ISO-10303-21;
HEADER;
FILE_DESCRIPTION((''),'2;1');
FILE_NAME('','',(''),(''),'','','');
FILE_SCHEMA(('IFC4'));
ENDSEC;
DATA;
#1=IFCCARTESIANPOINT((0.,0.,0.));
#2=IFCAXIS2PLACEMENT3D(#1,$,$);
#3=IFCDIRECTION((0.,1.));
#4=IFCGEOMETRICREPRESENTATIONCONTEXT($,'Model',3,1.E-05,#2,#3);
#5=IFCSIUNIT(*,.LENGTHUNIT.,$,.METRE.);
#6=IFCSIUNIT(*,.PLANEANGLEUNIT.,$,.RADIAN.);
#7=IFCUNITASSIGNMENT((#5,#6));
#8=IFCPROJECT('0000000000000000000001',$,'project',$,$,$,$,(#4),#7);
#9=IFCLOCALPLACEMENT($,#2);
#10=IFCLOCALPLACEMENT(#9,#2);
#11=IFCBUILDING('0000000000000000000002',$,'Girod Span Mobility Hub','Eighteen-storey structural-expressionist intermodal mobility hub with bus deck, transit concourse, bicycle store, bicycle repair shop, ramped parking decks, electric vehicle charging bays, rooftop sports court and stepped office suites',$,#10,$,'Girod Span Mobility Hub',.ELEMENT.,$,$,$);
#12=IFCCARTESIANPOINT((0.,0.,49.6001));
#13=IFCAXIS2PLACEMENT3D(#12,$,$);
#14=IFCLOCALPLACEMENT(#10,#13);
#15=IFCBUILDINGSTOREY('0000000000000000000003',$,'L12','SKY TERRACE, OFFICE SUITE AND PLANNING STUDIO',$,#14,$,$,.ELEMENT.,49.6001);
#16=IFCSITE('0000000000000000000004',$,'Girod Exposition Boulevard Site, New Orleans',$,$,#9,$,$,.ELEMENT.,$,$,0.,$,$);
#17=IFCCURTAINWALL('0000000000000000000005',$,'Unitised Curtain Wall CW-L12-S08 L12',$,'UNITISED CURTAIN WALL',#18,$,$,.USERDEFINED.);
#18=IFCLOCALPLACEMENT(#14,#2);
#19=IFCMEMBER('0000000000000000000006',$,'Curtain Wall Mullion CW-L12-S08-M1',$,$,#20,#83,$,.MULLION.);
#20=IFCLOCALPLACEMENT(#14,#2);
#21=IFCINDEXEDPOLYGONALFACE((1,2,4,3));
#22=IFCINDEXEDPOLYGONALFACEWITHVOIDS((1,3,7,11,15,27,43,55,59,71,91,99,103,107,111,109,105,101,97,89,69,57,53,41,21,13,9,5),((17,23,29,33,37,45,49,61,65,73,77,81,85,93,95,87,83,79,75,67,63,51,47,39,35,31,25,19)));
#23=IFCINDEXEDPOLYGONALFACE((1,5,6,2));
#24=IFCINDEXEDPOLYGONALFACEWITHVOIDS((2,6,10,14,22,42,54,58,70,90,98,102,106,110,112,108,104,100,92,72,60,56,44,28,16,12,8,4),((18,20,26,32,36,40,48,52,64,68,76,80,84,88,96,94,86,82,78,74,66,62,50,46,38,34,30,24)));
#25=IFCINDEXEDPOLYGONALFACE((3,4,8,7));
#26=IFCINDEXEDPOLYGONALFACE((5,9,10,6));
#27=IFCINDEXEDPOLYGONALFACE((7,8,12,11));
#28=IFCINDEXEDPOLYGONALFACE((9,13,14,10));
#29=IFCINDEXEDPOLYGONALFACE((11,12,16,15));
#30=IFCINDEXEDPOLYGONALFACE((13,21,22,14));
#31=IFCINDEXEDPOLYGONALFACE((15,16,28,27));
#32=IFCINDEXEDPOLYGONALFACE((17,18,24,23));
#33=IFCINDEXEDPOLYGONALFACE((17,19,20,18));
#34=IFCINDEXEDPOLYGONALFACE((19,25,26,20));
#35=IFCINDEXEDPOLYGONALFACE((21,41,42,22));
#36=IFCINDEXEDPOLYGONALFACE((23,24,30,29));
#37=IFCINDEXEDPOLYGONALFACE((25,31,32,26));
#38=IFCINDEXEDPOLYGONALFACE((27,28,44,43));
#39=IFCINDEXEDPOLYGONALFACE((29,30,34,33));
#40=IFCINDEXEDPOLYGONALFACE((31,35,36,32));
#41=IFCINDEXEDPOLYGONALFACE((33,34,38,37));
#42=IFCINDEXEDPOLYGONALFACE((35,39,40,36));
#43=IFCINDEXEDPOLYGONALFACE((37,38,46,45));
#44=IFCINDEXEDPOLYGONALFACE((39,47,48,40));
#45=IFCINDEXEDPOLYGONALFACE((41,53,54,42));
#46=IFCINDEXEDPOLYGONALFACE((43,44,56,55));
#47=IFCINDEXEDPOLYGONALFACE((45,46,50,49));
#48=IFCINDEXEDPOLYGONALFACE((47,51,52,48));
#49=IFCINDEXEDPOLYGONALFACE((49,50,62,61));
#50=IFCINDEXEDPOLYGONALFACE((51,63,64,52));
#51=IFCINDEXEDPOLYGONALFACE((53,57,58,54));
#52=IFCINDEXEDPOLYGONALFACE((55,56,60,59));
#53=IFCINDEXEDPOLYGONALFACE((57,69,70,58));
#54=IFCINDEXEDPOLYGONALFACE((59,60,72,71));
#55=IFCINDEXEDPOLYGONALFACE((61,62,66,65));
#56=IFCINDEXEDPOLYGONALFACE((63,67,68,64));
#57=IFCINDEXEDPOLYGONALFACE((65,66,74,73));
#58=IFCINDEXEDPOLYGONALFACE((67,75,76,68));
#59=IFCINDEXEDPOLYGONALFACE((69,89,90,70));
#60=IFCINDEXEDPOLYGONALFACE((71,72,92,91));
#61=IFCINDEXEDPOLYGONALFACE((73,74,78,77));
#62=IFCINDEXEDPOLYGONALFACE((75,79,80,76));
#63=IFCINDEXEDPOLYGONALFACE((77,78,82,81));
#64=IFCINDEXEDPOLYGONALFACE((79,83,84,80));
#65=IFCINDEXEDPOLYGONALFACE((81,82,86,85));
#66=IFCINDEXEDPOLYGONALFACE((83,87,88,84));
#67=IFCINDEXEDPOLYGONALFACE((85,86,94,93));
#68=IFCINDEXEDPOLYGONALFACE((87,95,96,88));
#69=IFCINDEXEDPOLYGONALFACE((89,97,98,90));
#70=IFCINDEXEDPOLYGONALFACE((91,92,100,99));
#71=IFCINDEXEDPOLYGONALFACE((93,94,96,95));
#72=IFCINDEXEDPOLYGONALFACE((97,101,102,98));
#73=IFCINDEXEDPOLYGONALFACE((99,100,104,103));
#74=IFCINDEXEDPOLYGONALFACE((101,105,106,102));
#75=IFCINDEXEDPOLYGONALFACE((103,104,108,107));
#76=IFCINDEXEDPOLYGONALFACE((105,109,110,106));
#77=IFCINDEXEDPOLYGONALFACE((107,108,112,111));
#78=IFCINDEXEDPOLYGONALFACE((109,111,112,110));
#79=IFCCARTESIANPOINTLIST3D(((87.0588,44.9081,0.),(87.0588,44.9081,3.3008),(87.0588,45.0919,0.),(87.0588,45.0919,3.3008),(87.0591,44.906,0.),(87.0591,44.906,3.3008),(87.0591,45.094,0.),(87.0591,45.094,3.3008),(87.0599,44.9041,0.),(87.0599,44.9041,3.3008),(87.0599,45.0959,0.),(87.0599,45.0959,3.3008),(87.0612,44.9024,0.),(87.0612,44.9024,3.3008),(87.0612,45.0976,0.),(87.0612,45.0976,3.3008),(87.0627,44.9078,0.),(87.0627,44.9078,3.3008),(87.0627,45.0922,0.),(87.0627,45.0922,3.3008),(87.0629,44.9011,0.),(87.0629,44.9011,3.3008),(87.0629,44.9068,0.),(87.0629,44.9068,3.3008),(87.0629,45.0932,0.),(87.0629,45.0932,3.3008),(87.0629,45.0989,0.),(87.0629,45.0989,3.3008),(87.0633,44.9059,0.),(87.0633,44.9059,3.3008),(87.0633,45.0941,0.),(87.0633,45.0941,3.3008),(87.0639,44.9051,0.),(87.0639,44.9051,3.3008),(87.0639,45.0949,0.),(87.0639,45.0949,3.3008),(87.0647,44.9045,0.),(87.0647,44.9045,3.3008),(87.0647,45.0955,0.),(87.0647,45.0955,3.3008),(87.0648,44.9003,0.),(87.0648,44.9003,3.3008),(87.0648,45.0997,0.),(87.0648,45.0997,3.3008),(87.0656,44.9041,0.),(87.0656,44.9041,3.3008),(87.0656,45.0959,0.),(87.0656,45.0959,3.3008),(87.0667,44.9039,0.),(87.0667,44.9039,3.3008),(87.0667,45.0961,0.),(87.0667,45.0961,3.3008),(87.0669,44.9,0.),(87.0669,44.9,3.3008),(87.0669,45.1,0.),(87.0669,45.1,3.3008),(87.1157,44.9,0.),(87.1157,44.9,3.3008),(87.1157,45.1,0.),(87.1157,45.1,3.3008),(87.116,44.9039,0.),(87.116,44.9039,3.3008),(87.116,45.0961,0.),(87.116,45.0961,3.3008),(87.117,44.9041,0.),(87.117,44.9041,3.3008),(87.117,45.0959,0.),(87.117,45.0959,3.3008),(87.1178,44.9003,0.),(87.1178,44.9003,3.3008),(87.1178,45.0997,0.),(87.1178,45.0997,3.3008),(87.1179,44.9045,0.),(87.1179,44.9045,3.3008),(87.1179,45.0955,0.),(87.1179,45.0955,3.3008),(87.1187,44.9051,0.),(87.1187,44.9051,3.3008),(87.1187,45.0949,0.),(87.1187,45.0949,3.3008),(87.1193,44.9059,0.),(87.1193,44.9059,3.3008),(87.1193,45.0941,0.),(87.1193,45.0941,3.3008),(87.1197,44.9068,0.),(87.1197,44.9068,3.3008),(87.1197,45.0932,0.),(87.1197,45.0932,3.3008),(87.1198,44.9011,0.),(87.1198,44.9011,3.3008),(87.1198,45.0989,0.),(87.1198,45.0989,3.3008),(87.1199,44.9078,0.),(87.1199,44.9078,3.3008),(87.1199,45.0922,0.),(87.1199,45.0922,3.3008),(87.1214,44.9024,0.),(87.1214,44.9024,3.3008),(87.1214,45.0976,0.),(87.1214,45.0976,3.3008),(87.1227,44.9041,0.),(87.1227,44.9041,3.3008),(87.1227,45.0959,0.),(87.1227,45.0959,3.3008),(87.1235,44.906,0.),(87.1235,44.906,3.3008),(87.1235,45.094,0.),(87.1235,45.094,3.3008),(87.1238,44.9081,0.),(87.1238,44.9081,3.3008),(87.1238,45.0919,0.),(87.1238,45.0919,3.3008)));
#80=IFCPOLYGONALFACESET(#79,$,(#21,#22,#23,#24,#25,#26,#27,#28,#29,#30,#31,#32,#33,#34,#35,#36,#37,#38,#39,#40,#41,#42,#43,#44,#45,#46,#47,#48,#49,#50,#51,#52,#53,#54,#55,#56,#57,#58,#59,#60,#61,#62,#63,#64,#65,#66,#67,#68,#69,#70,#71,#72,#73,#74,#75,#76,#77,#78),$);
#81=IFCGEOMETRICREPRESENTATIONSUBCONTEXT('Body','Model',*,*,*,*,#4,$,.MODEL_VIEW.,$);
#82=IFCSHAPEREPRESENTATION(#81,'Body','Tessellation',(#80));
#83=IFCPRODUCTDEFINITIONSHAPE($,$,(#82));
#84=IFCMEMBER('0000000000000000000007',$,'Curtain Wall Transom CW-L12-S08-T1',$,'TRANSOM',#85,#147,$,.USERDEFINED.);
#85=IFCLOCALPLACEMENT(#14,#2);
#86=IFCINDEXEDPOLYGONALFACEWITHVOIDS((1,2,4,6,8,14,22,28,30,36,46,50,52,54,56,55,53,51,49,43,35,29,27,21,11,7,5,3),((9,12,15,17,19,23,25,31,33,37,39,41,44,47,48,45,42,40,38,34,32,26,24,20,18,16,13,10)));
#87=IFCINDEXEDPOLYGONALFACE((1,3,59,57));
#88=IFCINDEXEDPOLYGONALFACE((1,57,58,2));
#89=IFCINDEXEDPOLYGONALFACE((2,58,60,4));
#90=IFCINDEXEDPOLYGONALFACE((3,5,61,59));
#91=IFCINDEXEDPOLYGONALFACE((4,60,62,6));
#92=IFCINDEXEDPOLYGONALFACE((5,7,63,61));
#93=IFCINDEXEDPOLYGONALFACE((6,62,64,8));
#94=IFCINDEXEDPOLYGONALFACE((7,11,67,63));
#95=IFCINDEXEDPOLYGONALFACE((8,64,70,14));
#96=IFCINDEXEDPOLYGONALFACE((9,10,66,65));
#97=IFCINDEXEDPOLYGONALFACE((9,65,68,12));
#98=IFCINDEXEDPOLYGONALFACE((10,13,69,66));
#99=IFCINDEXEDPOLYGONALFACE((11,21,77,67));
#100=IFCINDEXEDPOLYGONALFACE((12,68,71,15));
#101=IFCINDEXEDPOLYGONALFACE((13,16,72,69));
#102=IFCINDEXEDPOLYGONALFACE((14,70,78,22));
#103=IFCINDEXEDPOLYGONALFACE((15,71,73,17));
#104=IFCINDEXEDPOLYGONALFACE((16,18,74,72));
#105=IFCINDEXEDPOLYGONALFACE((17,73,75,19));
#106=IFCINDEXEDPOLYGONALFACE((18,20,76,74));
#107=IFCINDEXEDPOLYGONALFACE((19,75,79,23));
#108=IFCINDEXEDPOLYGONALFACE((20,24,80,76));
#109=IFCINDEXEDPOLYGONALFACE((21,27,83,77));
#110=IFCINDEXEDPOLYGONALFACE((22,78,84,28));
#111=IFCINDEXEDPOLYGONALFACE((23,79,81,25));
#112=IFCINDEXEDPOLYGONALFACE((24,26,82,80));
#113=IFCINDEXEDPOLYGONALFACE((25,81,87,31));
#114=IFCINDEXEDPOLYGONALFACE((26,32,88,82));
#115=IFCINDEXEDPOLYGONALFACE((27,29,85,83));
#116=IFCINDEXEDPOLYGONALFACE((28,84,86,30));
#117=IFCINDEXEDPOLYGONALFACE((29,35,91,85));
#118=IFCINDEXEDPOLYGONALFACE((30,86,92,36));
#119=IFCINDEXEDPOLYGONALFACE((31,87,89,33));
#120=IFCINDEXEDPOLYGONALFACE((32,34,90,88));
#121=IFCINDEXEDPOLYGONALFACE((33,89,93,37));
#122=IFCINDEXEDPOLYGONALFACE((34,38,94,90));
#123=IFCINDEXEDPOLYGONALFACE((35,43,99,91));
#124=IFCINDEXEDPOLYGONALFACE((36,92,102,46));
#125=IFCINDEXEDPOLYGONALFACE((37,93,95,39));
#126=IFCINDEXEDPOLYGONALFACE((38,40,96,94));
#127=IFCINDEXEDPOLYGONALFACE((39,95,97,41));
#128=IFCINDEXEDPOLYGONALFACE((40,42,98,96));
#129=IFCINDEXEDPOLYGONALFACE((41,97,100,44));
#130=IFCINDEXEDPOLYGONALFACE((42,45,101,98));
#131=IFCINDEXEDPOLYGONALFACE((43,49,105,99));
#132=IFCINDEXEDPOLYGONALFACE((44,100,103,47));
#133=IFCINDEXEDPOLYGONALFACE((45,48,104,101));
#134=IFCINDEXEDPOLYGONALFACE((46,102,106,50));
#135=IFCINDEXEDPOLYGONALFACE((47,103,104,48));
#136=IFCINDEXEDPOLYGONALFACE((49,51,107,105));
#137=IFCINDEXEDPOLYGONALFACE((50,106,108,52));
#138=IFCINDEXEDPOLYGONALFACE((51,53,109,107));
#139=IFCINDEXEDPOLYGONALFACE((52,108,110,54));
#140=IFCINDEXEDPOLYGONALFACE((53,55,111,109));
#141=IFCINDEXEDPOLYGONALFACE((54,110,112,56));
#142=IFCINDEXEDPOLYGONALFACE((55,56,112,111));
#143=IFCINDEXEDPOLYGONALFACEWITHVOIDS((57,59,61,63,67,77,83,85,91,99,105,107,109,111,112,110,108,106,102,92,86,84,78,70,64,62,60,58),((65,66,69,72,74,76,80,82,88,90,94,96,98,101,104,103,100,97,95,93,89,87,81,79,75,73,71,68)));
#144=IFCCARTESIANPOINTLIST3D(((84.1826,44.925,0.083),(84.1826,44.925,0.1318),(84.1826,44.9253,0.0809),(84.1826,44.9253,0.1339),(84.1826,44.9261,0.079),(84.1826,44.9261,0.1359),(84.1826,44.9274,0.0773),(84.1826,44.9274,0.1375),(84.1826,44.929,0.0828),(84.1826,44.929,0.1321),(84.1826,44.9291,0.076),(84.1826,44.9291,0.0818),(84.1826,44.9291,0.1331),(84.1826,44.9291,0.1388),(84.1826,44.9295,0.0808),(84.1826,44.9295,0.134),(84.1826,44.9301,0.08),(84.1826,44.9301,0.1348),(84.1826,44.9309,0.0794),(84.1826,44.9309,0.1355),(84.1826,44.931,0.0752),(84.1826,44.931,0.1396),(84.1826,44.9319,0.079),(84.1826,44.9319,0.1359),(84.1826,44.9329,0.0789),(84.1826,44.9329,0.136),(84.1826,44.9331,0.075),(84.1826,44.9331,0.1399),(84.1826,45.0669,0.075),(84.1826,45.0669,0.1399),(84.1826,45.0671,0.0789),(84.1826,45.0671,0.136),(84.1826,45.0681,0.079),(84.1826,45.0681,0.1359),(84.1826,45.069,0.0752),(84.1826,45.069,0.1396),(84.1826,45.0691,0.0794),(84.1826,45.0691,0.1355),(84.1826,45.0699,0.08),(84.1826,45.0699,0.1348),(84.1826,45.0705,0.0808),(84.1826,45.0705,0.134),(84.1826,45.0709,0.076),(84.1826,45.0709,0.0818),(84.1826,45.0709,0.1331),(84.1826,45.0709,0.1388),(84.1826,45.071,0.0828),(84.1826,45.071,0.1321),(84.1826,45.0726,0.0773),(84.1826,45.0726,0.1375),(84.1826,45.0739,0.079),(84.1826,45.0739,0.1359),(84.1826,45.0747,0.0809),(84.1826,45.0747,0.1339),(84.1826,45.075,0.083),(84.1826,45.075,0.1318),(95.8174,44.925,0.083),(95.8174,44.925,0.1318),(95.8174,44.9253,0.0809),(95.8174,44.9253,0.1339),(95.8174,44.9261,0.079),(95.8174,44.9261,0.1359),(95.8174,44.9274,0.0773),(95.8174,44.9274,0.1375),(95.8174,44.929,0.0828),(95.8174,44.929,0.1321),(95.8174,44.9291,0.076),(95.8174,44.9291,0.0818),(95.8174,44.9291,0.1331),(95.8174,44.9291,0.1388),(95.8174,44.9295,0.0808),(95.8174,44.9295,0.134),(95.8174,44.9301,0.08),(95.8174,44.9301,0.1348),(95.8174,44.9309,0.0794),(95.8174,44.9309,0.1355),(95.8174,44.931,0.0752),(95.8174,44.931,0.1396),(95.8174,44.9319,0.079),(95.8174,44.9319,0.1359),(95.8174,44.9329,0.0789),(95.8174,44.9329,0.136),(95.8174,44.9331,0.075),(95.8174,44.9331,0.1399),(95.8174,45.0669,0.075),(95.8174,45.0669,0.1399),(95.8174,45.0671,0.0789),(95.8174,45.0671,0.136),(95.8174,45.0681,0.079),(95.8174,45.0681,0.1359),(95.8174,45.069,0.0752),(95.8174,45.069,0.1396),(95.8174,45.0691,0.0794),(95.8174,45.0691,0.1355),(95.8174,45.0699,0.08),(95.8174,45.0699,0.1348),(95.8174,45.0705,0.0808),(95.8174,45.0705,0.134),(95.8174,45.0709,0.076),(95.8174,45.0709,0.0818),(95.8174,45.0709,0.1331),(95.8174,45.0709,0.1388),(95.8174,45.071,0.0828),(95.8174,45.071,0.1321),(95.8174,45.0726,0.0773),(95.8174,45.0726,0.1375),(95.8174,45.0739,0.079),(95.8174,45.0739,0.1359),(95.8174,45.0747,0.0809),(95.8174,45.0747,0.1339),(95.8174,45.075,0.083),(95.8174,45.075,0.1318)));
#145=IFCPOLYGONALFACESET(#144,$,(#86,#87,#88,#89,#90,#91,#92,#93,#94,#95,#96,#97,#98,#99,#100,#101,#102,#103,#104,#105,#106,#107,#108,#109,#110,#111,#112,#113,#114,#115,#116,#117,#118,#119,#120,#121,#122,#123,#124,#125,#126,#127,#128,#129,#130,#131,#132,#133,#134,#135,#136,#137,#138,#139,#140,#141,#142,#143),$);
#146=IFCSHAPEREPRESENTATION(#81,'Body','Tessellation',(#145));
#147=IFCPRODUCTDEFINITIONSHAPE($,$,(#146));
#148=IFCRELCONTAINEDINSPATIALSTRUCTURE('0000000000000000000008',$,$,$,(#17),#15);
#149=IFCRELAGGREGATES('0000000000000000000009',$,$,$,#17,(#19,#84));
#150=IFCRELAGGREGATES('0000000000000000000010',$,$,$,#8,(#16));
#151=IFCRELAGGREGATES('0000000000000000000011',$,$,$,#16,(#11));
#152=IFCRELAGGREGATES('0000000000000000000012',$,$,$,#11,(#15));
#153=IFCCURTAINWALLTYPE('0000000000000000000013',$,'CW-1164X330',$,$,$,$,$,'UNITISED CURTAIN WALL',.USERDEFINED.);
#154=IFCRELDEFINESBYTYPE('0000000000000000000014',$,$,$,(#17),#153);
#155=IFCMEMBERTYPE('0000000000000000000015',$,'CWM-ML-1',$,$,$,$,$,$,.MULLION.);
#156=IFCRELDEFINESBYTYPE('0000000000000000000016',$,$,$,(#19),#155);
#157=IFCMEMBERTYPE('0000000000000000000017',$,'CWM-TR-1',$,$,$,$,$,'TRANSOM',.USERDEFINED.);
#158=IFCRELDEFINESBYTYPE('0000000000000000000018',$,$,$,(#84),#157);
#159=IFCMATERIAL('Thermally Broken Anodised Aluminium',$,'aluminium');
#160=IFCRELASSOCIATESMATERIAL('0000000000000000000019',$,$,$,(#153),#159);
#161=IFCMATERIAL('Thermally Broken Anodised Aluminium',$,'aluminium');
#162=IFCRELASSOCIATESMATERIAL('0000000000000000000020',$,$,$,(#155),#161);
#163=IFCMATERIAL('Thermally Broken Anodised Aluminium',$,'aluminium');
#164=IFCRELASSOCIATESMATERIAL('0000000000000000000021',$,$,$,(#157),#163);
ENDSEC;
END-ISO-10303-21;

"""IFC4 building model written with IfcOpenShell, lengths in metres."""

from ifc_helpers import new_model, si_unit, direction, frame, origin, origin_2d, place, context, subcontext, project, spatial, hollow_rectangle, extrude, material, material_profile, profile_set, type_object, element, aggregate, save


model = new_model("IFC4")

# Units and contexts
model_context = context("Model", 3, precision=1e-05, world=origin(), true_north=direction((0.0, 1.0)))
body_context = subcontext(model_context, "Body", "Model", "MODEL_VIEW")
ifc_project = project(units=[si_unit("LENGTHUNIT", "METRE"), si_unit("PLANEANGLEUNIT", "RADIAN")], contexts=[model_context])

# Site, building, storey
site_placement = place(None, origin())
site = spatial("IfcSite", under=ifc_project, at=site_placement, Name="Girod Exposition Boulevard Site, New Orleans", CompositionType="ELEMENT", RefElevation=0.0)
building_placement = place(site_placement, origin())
building = spatial("IfcBuilding", under=site, at=building_placement, Name="Girod Span Mobility Hub", Description="Eighteen-storey structural-expressionist intermodal mobility hub with bus deck, transit concourse, bicycle store, bicycle repair shop, ramped parking decks, electric vehicle charging bays, rooftop sports court and stepped office suites", LongName="Girod Span Mobility Hub", CompositionType="ELEMENT")
storey_placement = place(building_placement, frame((0.0, 0.0, 49.6001)))
storey = spatial("IfcBuildingStorey", under=building, at=storey_placement, Name="L12", Description="SKY TERRACE, OFFICE SUITE AND PLANNING STUDIO", CompositionType="ELEMENT", Elevation=49.6001)

# Curtain wall, members
ifc_material_1 = material(Name="Thermally Broken Anodised Aluminium", Category="aluminium")
curtain_wall_type = type_object("IfcCurtainWallType", Name="CW-1164X330", ElementType="UNITISED CURTAIN WALL", PredefinedType="USERDEFINED", material=ifc_material_1)
ifc_material_2 = material(Name="Thermally Broken Anodised Aluminium", Category="aluminium")
ifc_material_profile_1 = material_profile(ifc_material_2, hollow_rectangle(XDim=0.2, YDim=0.0649, WallThickness=0.0039, InnerFilletRadius=0.0039, OuterFilletRadius=0.0081, at=origin_2d()), Name="CW-ML-65X200")
ifc_profile_set_1 = profile_set([ifc_material_profile_1], Name="Thermally Broken Anodised Aluminium")
member_type_1 = type_object("IfcMemberType", Name="CWM-ML-1", PredefinedType="MULLION", material=ifc_profile_set_1)
curtain_wall_1_placement = place(storey_placement, origin())
curtain_wall_1 = element("IfcCurtainWall", 1, at=curtain_wall_1_placement, inside=storey, type_object=curtain_wall_type, Name="Unitised Curtain Wall CW-L12-S08 L12", ObjectType="UNITISED CURTAIN WALL", PredefinedType="USERDEFINED")
member_1_placement = place(storey_placement, frame((87.0913, 45.0, 0.0), z_axis=(0.0, 0.0, 1.0), x_axis=(0.0, 1.0, 0.0)))
member_1 = element("IfcMember", 2, at=member_1_placement, type_object=member_type_1, Name="Curtain Wall Mullion CW-L12-S08-M1", PredefinedType="MULLION", context=body_context, shape_type="SweptSolid", body=[
    extrude(hollow_rectangle(XDim=0.2, YDim=0.0649, WallThickness=0.0039, InnerFilletRadius=0.0039, OuterFilletRadius=0.0081, at=origin_2d()), origin(), (0.0, 0.0, 1.0), 3.3008),
])
ifc_material_3 = material(Name="Thermally Broken Anodised Aluminium", Category="aluminium")
ifc_material_profile_2 = material_profile(ifc_material_3, hollow_rectangle(XDim=0.1499, YDim=0.0649, WallThickness=0.0039, InnerFilletRadius=0.0039, OuterFilletRadius=0.0081, at=origin_2d()), Name="CW-TR-65X150")
ifc_profile_set_2 = profile_set([ifc_material_profile_2], Name="Thermally Broken Anodised Aluminium")
member_type_2 = type_object("IfcMemberType", Name="CWM-TR-1", ElementType="TRANSOM", PredefinedType="USERDEFINED", material=ifc_profile_set_2)
member_2_placement = place(storey_placement, frame((84.1826, 45.0, 0.1074), z_axis=(1.0, 0.0, 0.0), x_axis=(0.0, 1.0, 0.0)))
member_2 = element("IfcMember", 3, at=member_2_placement, type_object=member_type_2, Name="Curtain Wall Transom CW-L12-S08-T1", ObjectType="TRANSOM", PredefinedType="USERDEFINED", context=body_context, shape_type="SweptSolid", body=[
    extrude(hollow_rectangle(XDim=0.1499, YDim=0.0649, WallThickness=0.0039, InnerFilletRadius=0.0039, OuterFilletRadius=0.0081, at=origin_2d()), origin(), (0.0, 0.0, 1.0), 11.6348),
])

aggregate(curtain_wall_1, [member_1, member_2])

save(model, "model.ifc")
